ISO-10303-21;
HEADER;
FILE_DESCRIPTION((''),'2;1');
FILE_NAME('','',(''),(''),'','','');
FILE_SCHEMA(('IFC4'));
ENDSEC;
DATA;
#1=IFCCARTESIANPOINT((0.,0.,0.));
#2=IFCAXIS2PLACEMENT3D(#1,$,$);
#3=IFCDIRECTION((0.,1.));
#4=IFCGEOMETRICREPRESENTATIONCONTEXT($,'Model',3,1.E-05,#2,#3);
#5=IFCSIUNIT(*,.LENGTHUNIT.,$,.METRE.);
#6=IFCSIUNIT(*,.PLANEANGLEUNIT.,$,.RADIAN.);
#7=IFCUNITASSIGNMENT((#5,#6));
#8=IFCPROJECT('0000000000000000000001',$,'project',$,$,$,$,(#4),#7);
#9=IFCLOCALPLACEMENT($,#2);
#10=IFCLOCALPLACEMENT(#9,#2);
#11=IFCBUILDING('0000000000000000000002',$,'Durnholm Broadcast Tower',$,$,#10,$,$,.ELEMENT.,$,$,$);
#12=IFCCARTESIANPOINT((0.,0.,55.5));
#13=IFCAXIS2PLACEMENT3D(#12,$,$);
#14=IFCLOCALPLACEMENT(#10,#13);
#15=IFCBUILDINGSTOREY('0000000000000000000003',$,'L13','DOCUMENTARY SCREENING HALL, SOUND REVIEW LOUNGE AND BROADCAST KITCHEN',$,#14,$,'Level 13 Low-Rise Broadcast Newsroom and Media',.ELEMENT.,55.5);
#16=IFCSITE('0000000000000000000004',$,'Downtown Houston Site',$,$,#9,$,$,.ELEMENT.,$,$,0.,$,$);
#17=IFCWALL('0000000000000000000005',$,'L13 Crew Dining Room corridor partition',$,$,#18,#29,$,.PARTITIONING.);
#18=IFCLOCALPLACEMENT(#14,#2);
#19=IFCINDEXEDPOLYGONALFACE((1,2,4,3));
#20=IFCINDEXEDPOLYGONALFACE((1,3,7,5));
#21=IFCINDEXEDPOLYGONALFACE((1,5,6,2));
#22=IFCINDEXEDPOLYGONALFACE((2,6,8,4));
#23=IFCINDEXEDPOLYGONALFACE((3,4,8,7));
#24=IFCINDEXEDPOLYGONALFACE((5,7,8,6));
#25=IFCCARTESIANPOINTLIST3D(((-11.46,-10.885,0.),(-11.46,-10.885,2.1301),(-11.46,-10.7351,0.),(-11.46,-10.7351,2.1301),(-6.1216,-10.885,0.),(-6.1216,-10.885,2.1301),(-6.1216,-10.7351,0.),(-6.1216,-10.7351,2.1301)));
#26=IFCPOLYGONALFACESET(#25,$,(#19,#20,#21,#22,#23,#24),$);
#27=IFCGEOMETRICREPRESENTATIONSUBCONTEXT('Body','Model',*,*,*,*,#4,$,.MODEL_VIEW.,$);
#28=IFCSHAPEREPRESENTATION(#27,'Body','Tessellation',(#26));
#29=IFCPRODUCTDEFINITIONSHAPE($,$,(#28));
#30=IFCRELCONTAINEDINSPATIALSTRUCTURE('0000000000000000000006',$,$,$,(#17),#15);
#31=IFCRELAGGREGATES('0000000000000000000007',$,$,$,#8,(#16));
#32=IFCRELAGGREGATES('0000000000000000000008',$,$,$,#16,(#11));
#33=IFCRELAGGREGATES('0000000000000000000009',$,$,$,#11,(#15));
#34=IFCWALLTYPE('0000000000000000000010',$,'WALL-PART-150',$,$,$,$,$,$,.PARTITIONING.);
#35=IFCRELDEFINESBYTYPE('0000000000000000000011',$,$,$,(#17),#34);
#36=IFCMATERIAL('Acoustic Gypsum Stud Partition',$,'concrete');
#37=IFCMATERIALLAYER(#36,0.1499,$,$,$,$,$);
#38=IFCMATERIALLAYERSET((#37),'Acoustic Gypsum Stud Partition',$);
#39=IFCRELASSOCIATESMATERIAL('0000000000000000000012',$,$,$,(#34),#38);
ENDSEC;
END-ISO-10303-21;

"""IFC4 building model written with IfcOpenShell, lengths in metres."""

from ifc_helpers import new_model, si_unit, direction, frame, frame_2d, origin, place, context, subcontext, project, spatial, rectangle, extrude, material, layer, layer_set, type_object, element, save


model = new_model("IFC4")

# Units and contexts
model_context = context("Model", 3, precision=1e-05, world=origin(), true_north=direction((0.0, 1.0)))
body_context = subcontext(model_context, "Body", "Model", "MODEL_VIEW")
ifc_project = project(units=[si_unit("LENGTHUNIT", "METRE"), si_unit("PLANEANGLEUNIT", "RADIAN")], contexts=[model_context])

# Site, building, storey
site_placement = place(None, origin())
site = spatial("IfcSite", under=ifc_project, at=site_placement, Name="Downtown Houston Site", CompositionType="ELEMENT", RefElevation=0.0)
building_placement = place(site_placement, origin())
building = spatial("IfcBuilding", under=site, at=building_placement, Name="Durnholm Broadcast Tower", CompositionType="ELEMENT")
storey_placement = place(building_placement, frame((0.0, 0.0, 55.5)))
storey = spatial("IfcBuildingStorey", under=building, at=storey_placement, Name="L13", Description="DOCUMENTARY SCREENING HALL, SOUND REVIEW LOUNGE AND BROADCAST KITCHEN", LongName="Level 13 Low-Rise Broadcast Newsroom and Media", CompositionType="ELEMENT", Elevation=55.5)

# Shared definitions
ifc_material_1 = material(Name="Acoustic Gypsum Stud Partition", Category="concrete")
ifc_layer_1 = layer(ifc_material_1, 0.1499)
ifc_layer_set_1 = layer_set([ifc_layer_1], Name="Acoustic Gypsum Stud Partition")
wall_type_1 = type_object("IfcWallType", Name="WALL-PART-150", PredefinedType="PARTITIONING", material=ifc_layer_set_1)

# Wall
wall_1_placement = place(storey_placement, frame((-11.46, -10.8101, 0.0), z_axis=(0.0, 0.0, 1.0), x_axis=(1.0, 0.0, 0.0)))
element("IfcWall", 1, at=wall_1_placement, inside=storey, type_object=wall_type_1, Name="L13 Crew Dining Room corridor partition", PredefinedType="PARTITIONING", context=body_context, shape_type="SweptSolid", body=[
    extrude(rectangle(XDim=5.3384, YDim=0.1499, at=frame_2d((2.6692, 0.0))), origin(), (0.0, 0.0, 1.0), 2.1301),
])

save(model, "model.ifc")
